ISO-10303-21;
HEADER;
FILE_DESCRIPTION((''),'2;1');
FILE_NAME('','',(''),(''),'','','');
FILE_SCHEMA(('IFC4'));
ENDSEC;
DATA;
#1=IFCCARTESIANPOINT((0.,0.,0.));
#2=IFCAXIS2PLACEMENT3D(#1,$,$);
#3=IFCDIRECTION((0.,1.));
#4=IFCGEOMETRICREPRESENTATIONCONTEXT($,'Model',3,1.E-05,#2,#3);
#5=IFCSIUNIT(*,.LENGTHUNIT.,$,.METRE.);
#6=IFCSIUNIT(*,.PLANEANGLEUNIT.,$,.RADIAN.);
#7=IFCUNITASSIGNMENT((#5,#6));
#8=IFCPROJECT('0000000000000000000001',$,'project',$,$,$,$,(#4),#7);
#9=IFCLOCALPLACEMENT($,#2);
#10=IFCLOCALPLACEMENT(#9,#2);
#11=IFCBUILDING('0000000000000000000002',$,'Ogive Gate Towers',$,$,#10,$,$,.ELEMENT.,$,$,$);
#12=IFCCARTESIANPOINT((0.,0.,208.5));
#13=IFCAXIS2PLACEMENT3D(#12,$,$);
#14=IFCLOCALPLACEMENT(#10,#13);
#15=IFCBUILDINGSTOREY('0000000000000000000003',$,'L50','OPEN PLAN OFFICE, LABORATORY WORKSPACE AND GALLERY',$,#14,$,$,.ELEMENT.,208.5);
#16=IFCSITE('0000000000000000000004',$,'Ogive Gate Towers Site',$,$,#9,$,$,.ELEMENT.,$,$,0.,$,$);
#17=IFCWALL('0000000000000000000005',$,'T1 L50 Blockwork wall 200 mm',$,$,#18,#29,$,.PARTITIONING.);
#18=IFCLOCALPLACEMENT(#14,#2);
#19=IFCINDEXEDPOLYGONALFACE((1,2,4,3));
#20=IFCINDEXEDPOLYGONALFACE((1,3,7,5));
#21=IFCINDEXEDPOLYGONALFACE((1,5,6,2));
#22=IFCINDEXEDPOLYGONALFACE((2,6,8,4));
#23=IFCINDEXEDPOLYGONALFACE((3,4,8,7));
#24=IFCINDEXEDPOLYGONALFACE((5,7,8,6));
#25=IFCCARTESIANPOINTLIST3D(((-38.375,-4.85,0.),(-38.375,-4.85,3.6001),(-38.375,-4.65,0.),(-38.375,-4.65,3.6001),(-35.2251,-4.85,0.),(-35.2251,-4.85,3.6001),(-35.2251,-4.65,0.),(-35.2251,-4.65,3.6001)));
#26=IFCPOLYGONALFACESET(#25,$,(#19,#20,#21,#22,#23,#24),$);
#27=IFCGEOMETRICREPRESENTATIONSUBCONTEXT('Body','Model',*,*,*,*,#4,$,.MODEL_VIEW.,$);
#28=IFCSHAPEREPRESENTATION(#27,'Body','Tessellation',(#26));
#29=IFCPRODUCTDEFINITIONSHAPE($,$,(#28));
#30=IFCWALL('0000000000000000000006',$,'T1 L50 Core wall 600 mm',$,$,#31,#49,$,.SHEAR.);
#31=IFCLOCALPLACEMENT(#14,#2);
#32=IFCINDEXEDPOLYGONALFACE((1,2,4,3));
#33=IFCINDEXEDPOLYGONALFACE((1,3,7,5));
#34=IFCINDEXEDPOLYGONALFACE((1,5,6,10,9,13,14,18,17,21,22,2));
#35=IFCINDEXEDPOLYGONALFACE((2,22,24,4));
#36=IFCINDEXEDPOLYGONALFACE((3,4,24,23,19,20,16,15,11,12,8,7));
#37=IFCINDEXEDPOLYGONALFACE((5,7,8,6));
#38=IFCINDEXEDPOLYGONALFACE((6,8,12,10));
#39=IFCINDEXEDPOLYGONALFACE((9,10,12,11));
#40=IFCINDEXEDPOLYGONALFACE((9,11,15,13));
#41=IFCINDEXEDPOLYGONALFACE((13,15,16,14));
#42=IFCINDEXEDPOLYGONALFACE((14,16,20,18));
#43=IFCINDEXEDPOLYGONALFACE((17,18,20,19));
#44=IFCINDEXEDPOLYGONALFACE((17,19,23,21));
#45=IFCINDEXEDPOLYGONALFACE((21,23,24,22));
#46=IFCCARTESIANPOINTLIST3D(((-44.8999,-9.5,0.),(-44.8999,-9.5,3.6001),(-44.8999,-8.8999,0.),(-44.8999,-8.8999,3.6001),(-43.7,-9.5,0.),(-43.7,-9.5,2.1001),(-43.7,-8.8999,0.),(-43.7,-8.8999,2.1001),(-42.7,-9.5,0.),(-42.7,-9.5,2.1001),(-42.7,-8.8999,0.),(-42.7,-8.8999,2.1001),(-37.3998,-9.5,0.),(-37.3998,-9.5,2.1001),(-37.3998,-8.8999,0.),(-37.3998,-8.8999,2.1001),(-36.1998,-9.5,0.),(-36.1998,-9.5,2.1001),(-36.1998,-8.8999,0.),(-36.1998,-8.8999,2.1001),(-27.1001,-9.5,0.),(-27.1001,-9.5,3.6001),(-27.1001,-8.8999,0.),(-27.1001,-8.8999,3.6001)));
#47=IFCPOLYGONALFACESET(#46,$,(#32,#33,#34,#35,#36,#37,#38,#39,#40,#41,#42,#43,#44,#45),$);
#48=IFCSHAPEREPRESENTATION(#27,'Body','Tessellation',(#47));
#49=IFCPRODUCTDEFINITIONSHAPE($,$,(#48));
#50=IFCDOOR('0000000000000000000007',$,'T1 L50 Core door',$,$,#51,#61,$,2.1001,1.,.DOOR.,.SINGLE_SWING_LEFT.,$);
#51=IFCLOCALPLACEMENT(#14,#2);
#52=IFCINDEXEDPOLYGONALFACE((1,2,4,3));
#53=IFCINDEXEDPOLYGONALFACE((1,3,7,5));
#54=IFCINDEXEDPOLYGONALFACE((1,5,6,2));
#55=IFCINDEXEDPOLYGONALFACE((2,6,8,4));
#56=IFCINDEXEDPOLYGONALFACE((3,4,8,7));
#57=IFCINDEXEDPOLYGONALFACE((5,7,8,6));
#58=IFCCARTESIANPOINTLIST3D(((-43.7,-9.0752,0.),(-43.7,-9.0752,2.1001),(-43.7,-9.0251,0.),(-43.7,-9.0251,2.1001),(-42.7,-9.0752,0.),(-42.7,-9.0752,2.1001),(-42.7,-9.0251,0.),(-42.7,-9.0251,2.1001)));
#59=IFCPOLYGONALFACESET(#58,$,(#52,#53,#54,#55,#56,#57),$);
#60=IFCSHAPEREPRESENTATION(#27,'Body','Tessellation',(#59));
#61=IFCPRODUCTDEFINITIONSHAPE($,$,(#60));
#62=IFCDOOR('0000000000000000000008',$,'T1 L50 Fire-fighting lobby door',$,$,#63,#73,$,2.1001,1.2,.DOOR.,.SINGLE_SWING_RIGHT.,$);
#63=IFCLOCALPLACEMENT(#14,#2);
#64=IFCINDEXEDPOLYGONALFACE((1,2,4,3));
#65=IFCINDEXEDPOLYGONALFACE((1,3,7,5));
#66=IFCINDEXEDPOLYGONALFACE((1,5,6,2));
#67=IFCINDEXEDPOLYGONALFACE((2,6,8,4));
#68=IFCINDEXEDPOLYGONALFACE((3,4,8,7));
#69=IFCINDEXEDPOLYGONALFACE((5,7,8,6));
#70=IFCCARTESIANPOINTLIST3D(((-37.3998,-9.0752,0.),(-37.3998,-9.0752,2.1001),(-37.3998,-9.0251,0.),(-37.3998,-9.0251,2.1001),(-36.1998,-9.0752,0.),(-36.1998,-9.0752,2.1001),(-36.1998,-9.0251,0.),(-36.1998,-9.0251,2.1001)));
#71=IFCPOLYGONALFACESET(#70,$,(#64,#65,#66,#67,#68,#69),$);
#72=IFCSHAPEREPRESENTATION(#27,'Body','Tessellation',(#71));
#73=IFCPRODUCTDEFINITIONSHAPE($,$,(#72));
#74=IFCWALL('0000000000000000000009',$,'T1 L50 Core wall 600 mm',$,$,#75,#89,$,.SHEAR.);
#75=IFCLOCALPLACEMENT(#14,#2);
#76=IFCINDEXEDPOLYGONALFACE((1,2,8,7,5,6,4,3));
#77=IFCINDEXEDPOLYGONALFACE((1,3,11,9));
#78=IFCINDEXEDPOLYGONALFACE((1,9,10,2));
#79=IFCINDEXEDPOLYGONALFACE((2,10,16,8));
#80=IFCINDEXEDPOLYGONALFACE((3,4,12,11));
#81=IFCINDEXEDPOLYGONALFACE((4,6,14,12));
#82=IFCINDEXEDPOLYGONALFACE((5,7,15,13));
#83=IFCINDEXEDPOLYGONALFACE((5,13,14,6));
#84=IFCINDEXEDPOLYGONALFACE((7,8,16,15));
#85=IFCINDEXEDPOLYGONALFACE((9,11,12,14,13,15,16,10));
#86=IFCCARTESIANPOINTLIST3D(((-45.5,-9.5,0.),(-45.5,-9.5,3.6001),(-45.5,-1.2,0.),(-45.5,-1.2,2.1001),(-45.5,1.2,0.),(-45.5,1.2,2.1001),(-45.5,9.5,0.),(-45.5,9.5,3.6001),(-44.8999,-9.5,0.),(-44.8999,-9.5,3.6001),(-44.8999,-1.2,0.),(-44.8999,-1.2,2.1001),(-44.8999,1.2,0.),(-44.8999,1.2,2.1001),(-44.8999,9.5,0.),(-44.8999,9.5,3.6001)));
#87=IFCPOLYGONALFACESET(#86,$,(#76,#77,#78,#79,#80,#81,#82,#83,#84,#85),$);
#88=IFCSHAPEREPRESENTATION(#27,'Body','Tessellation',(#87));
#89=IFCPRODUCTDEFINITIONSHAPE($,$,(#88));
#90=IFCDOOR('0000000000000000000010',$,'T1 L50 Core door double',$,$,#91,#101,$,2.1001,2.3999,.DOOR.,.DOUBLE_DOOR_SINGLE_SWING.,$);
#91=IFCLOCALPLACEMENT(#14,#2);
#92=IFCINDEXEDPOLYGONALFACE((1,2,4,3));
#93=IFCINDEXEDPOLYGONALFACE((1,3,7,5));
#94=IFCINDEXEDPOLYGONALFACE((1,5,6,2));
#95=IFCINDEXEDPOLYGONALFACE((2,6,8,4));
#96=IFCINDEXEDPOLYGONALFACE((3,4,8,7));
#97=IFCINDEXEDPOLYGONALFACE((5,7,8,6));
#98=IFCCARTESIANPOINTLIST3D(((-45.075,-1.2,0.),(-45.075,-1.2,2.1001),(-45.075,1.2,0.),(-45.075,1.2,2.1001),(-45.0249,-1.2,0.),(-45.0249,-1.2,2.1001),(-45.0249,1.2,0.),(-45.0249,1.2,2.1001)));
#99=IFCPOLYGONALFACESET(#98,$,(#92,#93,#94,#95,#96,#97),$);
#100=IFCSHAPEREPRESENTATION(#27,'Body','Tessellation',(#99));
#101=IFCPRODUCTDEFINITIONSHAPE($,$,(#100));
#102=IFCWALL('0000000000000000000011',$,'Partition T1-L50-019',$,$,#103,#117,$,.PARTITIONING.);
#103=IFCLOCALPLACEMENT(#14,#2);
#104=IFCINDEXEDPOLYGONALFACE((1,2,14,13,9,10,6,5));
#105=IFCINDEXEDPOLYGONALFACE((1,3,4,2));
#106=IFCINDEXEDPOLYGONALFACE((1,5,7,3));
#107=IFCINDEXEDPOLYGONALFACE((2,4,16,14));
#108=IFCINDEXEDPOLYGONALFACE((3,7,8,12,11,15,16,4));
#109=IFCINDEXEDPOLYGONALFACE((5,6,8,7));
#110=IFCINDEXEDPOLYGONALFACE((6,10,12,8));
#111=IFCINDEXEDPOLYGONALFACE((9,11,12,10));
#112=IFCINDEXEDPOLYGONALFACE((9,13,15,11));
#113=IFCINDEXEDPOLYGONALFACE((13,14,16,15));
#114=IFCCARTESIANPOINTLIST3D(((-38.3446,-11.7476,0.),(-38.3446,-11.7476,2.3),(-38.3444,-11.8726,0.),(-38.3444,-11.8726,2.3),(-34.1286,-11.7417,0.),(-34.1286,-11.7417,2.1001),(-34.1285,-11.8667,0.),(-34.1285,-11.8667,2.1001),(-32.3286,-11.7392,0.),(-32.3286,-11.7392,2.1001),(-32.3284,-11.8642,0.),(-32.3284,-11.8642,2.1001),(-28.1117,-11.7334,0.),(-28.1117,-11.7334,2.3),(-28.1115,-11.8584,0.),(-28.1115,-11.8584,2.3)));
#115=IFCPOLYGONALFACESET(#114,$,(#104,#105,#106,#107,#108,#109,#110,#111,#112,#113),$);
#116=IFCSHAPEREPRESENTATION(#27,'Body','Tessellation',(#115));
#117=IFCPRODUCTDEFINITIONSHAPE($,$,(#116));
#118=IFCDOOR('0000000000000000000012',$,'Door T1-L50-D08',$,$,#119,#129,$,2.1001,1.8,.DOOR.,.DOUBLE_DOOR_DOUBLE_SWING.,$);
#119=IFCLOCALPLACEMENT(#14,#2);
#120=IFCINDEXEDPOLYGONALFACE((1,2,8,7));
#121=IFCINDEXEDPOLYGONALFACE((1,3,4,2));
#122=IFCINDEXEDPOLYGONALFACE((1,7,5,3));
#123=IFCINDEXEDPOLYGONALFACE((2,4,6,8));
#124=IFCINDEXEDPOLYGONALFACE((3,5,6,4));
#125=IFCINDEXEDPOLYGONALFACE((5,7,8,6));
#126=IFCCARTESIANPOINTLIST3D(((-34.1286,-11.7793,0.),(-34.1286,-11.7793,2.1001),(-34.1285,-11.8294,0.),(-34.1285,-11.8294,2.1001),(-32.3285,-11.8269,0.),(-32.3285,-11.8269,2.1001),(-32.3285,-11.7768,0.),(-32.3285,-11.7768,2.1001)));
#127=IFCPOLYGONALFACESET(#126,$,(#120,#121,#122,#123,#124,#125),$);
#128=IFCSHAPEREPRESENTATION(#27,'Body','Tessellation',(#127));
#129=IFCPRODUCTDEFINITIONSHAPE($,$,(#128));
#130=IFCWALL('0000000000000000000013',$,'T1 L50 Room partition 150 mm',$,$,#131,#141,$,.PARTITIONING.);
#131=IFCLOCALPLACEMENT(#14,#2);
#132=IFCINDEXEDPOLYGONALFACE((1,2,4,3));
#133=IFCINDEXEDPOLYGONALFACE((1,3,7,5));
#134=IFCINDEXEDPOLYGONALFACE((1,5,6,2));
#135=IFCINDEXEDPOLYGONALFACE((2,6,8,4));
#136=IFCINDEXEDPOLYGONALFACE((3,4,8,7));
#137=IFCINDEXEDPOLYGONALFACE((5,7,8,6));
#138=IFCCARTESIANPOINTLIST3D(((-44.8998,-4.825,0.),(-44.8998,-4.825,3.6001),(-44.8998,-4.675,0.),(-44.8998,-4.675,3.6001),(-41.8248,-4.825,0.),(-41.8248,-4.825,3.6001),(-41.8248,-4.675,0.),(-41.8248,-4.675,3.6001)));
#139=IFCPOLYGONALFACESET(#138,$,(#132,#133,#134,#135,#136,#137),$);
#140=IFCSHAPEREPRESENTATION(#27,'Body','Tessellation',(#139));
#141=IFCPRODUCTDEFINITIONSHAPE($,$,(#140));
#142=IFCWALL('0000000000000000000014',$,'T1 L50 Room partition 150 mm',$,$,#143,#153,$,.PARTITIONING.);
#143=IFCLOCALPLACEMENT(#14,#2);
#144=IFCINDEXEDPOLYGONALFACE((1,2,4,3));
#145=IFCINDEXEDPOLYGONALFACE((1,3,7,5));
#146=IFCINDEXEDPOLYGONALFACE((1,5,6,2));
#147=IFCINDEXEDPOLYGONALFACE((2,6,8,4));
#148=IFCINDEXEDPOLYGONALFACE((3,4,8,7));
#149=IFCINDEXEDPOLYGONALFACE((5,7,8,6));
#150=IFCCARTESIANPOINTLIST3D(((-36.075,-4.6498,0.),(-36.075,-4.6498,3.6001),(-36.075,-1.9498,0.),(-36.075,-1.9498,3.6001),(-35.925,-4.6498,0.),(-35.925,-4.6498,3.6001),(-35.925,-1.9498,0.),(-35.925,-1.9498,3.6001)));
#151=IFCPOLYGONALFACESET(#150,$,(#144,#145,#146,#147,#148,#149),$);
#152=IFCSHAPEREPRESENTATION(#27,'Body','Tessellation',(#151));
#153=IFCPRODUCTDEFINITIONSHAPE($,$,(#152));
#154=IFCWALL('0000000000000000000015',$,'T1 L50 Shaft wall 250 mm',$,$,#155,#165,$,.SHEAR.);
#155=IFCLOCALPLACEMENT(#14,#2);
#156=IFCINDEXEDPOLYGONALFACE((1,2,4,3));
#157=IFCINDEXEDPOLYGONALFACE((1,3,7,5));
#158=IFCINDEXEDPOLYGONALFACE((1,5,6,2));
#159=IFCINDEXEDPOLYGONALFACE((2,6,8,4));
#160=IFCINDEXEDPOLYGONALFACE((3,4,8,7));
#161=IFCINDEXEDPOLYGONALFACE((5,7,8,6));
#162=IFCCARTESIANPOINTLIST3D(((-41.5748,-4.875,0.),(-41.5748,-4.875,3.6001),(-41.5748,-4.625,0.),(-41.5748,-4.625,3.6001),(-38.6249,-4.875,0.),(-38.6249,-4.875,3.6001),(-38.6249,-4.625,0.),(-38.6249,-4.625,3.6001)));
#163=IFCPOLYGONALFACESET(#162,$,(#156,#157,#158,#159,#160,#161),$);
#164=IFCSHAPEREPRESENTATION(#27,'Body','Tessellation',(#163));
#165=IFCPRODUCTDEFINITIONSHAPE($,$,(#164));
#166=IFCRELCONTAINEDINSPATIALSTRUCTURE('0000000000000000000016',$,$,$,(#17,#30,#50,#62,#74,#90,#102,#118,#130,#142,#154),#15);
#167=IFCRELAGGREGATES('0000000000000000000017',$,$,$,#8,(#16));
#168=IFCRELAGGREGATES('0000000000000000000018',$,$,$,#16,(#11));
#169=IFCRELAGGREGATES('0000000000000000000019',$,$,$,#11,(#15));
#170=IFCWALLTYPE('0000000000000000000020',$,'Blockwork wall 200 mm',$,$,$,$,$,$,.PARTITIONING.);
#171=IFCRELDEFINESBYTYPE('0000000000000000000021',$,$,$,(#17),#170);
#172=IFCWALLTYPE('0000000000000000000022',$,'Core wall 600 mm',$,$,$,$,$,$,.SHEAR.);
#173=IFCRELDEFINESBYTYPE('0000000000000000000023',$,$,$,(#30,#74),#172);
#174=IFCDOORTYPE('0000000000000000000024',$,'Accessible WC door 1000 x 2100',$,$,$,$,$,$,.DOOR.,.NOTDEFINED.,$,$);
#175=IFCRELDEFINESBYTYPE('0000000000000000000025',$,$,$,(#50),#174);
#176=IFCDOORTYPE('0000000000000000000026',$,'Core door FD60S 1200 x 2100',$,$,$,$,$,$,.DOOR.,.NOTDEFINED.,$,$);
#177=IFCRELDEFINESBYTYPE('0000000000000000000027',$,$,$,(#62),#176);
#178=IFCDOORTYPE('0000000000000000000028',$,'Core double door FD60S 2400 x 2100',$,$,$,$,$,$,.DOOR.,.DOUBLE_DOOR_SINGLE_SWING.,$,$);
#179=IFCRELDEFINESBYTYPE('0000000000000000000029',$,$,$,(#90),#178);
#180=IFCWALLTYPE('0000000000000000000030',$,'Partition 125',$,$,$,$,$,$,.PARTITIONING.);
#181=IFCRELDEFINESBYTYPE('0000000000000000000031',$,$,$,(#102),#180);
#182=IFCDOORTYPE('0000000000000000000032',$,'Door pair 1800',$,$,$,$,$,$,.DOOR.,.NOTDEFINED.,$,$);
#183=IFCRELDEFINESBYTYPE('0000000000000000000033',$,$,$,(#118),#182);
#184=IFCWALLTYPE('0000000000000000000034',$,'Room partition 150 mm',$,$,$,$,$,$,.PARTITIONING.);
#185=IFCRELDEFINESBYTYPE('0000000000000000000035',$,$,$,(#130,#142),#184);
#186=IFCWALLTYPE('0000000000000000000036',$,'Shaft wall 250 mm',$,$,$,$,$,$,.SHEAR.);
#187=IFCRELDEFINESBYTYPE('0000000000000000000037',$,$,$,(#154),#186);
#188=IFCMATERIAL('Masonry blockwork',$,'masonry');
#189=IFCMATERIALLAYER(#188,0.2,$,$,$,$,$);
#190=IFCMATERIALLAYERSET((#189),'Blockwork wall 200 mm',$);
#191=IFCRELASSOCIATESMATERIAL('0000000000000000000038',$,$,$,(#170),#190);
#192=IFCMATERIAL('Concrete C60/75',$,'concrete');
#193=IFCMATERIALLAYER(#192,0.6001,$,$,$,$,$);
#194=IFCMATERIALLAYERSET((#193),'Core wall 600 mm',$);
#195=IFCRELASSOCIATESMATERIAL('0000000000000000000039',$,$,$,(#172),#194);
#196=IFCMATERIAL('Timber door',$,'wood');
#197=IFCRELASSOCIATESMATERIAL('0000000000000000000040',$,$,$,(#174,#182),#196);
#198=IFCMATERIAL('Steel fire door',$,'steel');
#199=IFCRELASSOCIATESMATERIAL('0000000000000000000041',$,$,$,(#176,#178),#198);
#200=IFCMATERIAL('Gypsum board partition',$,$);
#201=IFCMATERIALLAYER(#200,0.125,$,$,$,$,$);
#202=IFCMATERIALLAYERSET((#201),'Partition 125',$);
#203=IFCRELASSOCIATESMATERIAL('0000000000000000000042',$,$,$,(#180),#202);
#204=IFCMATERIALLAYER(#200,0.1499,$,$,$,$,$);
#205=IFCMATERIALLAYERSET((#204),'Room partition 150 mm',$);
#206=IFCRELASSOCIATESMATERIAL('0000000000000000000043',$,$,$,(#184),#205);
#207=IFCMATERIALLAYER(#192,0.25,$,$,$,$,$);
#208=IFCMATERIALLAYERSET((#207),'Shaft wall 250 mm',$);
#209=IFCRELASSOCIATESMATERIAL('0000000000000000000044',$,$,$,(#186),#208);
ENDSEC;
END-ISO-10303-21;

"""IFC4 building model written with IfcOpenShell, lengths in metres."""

from ifc_helpers import new_model, si_unit, direction, frame, frame_2d, origin, place, context, subcontext, project, spatial, rectangle, extrude, material, layer, layer_set, type_object, element, fill, save


model = new_model("IFC4")

# Units and contexts
model_context = context("Model", 3, precision=1e-05, world=origin(), true_north=direction((0.0, 1.0)))
body_context = subcontext(model_context, "Body", "Model", "MODEL_VIEW")
ifc_project = project(units=[si_unit("LENGTHUNIT", "METRE"), si_unit("PLANEANGLEUNIT", "RADIAN")], contexts=[model_context])

# Site, building, storey
site_placement = place(None, origin())
site = spatial("IfcSite", under=ifc_project, at=site_placement, Name="Ogive Gate Towers Site", CompositionType="ELEMENT", RefElevation=0.0)
building_placement = place(site_placement, origin())
building = spatial("IfcBuilding", under=site, at=building_placement, Name="Ogive Gate Towers", CompositionType="ELEMENT")
storey_placement = place(building_placement, frame((0.0, 0.0, 208.5)))
storey = spatial("IfcBuildingStorey", under=building, at=storey_placement, Name="L50", Description="OPEN PLAN OFFICE, LABORATORY WORKSPACE AND GALLERY", CompositionType="ELEMENT", Elevation=208.5)

# Wall
ifc_material_1 = material(Name="Masonry blockwork", Category="masonry")
ifc_layer_1 = layer(ifc_material_1, 0.2)
ifc_layer_set_1 = layer_set([ifc_layer_1], Name="Blockwork wall 200 mm")
wall_type_1 = type_object("IfcWallType", Name="Blockwork wall 200 mm", PredefinedType="PARTITIONING", material=ifc_layer_set_1)
wall_1_placement = place(storey_placement, frame((-38.375, -4.75, 0.0), z_axis=(0.0, 0.0, 1.0), x_axis=(1.0, 0.0, 0.0)))
element("IfcWall", 1, at=wall_1_placement, inside=storey, type_object=wall_type_1, Name="T1 L50 Blockwork wall 200 mm", PredefinedType="PARTITIONING", context=body_context, shape_type="SweptSolid", body=[
    extrude(rectangle(XDim=3.1499, YDim=0.2, at=frame_2d((1.575, 0.0))), origin(), (0.0, 0.0, 1.0), 3.6001),
])

# Wall, openings, doors
ifc_material_2 = material(Name="Concrete C60/75", Category="concrete")
ifc_layer_2 = layer(ifc_material_2, 0.6001)
ifc_layer_set_2 = layer_set([ifc_layer_2], Name="Core wall 600 mm")
wall_type_2 = type_object("IfcWallType", Name="Core wall 600 mm", PredefinedType="SHEAR", material=ifc_layer_set_2)
wall_2_placement = place(storey_placement, frame((-44.8999, -9.2, 0.0), z_axis=(0.0, 0.0, 1.0), x_axis=(1.0, 0.0, 0.0)))
wall_2 = element("IfcWall", 2, at=wall_2_placement, inside=storey, type_object=wall_type_2, Name="T1 L50 Core wall 600 mm", PredefinedType="SHEAR", context=body_context, shape_type="SweptSolid", body=[
    extrude(rectangle(XDim=17.7998, YDim=0.6001, at=frame_2d((8.8999, 0.0))), origin(), (0.0, 0.0, 1.0), 3.6001),
])
opening_1_placement = place(wall_2_placement, frame((7.5, 0.0, 0.0)))
opening_1 = element("IfcOpeningElement", 3, at=opening_1_placement, cuts=wall_2, PredefinedType="OPENING", context=body_context, shape_type="SweptSolid", body=[
    extrude(rectangle(XDim=1.2, YDim=2.1001, at=frame_2d((0.6001, 1.05))), frame((0.0, 0.3101, 0.0), z_axis=(0.0, -1.0, 0.0), x_axis=(1.0, 0.0, 0.0)), (0.0, 0.0, 1.0), 0.6201),
])
opening_2_placement = place(wall_2_placement, frame((1.2, 0.0, 0.0)))
opening_2 = element("IfcOpeningElement", 4, at=opening_2_placement, cuts=wall_2, PredefinedType="OPENING", context=body_context, shape_type="SweptSolid", body=[
    extrude(rectangle(XDim=1.0, YDim=2.1001, at=frame_2d((0.5, 1.05))), frame((0.0, 0.3101, 0.0), z_axis=(0.0, -1.0, 0.0), x_axis=(1.0, 0.0, 0.0)), (0.0, 0.0, 1.0), 0.6201),
])
ifc_material_3 = material(Name="Timber door", Category="wood")
door_type_1 = type_object("IfcDoorType", Name="Accessible WC door 1000 x 2100", OperationType="NOTDEFINED", PredefinedType="DOOR", material=ifc_material_3)
door_1_placement = place(opening_2_placement, origin())
door_1 = element("IfcDoor", 5, at=door_1_placement, inside=storey, type_object=door_type_1, Name="T1 L50 Core door", OperationType="SINGLE_SWING_LEFT", OverallHeight=2.1001, OverallWidth=1.0, PredefinedType="DOOR", context=body_context, shape_type="SweptSolid", body=[
    extrude(rectangle(XDim=1.0, YDim=2.1001, at=frame_2d((0.5, 1.05))), frame((0.0, 0.1748, 0.0), z_axis=(0.0, -1.0, 0.0), x_axis=(1.0, 0.0, 0.0)), (0.0, 0.0, 1.0), 0.05),
])
fill(opening_2, door_1)
ifc_material_4 = material(Name="Steel fire door", Category="steel")
door_type_2 = type_object("IfcDoorType", Name="Core door FD60S 1200 x 2100", OperationType="NOTDEFINED", PredefinedType="DOOR", material=ifc_material_4)
door_2_placement = place(opening_1_placement, origin())
door_2 = element("IfcDoor", 6, at=door_2_placement, inside=storey, type_object=door_type_2, Name="T1 L50 Fire-fighting lobby door", OperationType="SINGLE_SWING_RIGHT", OverallHeight=2.1001, OverallWidth=1.2, PredefinedType="DOOR", context=body_context, shape_type="SweptSolid", body=[
    extrude(rectangle(XDim=1.2, YDim=2.1001, at=frame_2d((0.6001, 1.05))), frame((0.0, 0.1748, 0.0), z_axis=(0.0, -1.0, 0.0), x_axis=(1.0, 0.0, 0.0)), (0.0, 0.0, 1.0), 0.05),
])
fill(opening_1, door_2)

# Walls, openings, doors
wall_3_placement = place(storey_placement, frame((-45.2, -9.5, 0.0), z_axis=(0.0, 0.0, 1.0), x_axis=(0.0, 1.0, 0.0)))
wall_3 = element("IfcWall", 7, at=wall_3_placement, inside=storey, type_object=wall_type_2, Name="T1 L50 Core wall 600 mm", PredefinedType="SHEAR", context=body_context, shape_type="SweptSolid", body=[
    extrude(rectangle(XDim=19.0, YDim=0.6001, at=frame_2d((9.5, 0.0))), origin(), (0.0, 0.0, 1.0), 3.6001),
])
opening_3_placement = place(wall_3_placement, frame((8.3, 0.0, 0.0)))
opening_3 = element("IfcOpeningElement", 8, at=opening_3_placement, cuts=wall_3, PredefinedType="OPENING", context=body_context, shape_type="SweptSolid", body=[
    extrude(rectangle(XDim=2.3999, YDim=2.1001, at=frame_2d((1.2, 1.05))), frame((0.0, 0.3101, 0.0), z_axis=(0.0, -1.0, 0.0), x_axis=(1.0, 0.0, 0.0)), (0.0, 0.0, 1.0), 0.6201),
])
door_type_3 = type_object("IfcDoorType", Name="Core double door FD60S 2400 x 2100", OperationType="DOUBLE_DOOR_SINGLE_SWING", PredefinedType="DOOR", material=ifc_material_4)
door_3_placement = place(opening_3_placement, origin())
door_3 = element("IfcDoor", 9, at=door_3_placement, inside=storey, type_object=door_type_3, Name="T1 L50 Core door double", OperationType="DOUBLE_DOOR_SINGLE_SWING", OverallHeight=2.1001, OverallWidth=2.3999, PredefinedType="DOOR", context=body_context, shape_type="SweptSolid", body=[
    extrude(rectangle(XDim=2.3999, YDim=2.1001, at=frame_2d((1.2, 1.05))), frame((0.0, -0.125, 0.0), z_axis=(0.0, -1.0, 0.0), x_axis=(1.0, 0.0, 0.0)), (0.0, 0.0, 1.0), 0.05),
])
fill(opening_3, door_3)
ifc_material_5 = material(Name="Gypsum board partition")
ifc_layer_3 = layer(ifc_material_5, 0.125)
ifc_layer_set_3 = layer_set([ifc_layer_3], Name="Partition 125")
wall_type_3 = type_object("IfcWallType", Name="Partition 125", PredefinedType="PARTITIONING", material=ifc_layer_set_3)
wall_4_placement = place(storey_placement, frame((-38.3445, -11.8101, 0.0), z_axis=(0.0, 0.0, 1.0), x_axis=(0.999999, 0.001384, 0.0)))
wall_4 = element("IfcWall", 10, at=wall_4_placement, inside=storey, type_object=wall_type_3, Name="Partition T1-L50-019", PredefinedType="PARTITIONING", context=body_context, shape_type="SweptSolid", body=[
    extrude(rectangle(XDim=10.2329, YDim=0.125, at=frame_2d((5.1165, 0.0))), origin(), (0.0, 0.0, 1.0), 2.3),
])
opening_4_placement = place(wall_4_placement, frame((4.2161, 0.0, 0.0)))
opening_4 = element("IfcOpeningElement", 11, at=opening_4_placement, cuts=wall_4, PredefinedType="OPENING", context=body_context, shape_type="SweptSolid", body=[
    extrude(rectangle(XDim=1.8, YDim=2.1001, at=frame_2d((0.8999, 1.05))), frame((0.0, 0.0725, 0.0), z_axis=(0.0, -1.0, 0.0), x_axis=(1.0, 0.0, 0.0)), (0.0, 0.0, 1.0), 0.145),
])
door_type_4 = type_object("IfcDoorType", Name="Door pair 1800", OperationType="NOTDEFINED", PredefinedType="DOOR", material=ifc_material_3)
door_4_placement = place(opening_4_placement, origin())
door_4 = element("IfcDoor", 12, at=door_4_placement, inside=storey, type_object=door_type_4, Name="Door T1-L50-D08", OperationType="DOUBLE_DOOR_DOUBLE_SWING", OverallHeight=2.1001, OverallWidth=1.8, PredefinedType="DOOR", context=body_context, shape_type="SweptSolid", body=[
    extrude(rectangle(XDim=1.8, YDim=2.1001, at=frame_2d((0.8999, 1.05))), frame((0.0, 0.0249, 0.0), z_axis=(0.0, -1.0, 0.0), x_axis=(1.0, 0.0, 0.0)), (0.0, 0.0, 1.0), 0.05),
])
fill(opening_4, door_4)

# Walls
ifc_layer_4 = layer(ifc_material_5, 0.1499)
ifc_layer_set_4 = layer_set([ifc_layer_4], Name="Room partition 150 mm")
wall_type_4 = type_object("IfcWallType", Name="Room partition 150 mm", PredefinedType="PARTITIONING", material=ifc_layer_set_4)
wall_5_placement = place(storey_placement, frame((-44.8999, -4.75, 0.0), z_axis=(0.0, 0.0, 1.0), x_axis=(1.0, 0.0, 0.0)))
element("IfcWall", 13, at=wall_5_placement, inside=storey, type_object=wall_type_4, Name="T1 L50 Room partition 150 mm", PredefinedType="PARTITIONING", context=body_context, shape_type="SweptSolid", body=[
    extrude(rectangle(XDim=3.075, YDim=0.1499, at=frame_2d((1.5376, 0.0))), origin(), (0.0, 0.0, 1.0), 3.6001),
])
wall_6_placement = place(storey_placement, frame((-36.0, -4.6499, 0.0), z_axis=(0.0, 0.0, 1.0), x_axis=(0.0, 1.0, 0.0)))
element("IfcWall", 14, at=wall_6_placement, inside=storey, type_object=wall_type_4, Name="T1 L50 Room partition 150 mm", PredefinedType="PARTITIONING", context=body_context, shape_type="SweptSolid", body=[
    extrude(rectangle(XDim=2.7, YDim=0.1499, at=frame_2d((1.3501, 0.0))), origin(), (0.0, 0.0, 1.0), 3.6001),
])
ifc_layer_5 = layer(ifc_material_2, 0.25)
ifc_layer_set_5 = layer_set([ifc_layer_5], Name="Shaft wall 250 mm")
wall_type_5 = type_object("IfcWallType", Name="Shaft wall 250 mm", PredefinedType="SHEAR", material=ifc_layer_set_5)
wall_7_placement = place(storey_placement, frame((-41.575, -4.75, 0.0), z_axis=(0.0, 0.0, 1.0), x_axis=(1.0, 0.0, 0.0)))
element("IfcWall", 15, at=wall_7_placement, inside=storey, type_object=wall_type_5, Name="T1 L50 Shaft wall 250 mm", PredefinedType="SHEAR", context=body_context, shape_type="SweptSolid", body=[
    extrude(rectangle(XDim=2.95, YDim=0.25, at=frame_2d((1.4751, 0.0))), origin(), (0.0, 0.0, 1.0), 3.6001),
])

save(model, "model.ifc")
